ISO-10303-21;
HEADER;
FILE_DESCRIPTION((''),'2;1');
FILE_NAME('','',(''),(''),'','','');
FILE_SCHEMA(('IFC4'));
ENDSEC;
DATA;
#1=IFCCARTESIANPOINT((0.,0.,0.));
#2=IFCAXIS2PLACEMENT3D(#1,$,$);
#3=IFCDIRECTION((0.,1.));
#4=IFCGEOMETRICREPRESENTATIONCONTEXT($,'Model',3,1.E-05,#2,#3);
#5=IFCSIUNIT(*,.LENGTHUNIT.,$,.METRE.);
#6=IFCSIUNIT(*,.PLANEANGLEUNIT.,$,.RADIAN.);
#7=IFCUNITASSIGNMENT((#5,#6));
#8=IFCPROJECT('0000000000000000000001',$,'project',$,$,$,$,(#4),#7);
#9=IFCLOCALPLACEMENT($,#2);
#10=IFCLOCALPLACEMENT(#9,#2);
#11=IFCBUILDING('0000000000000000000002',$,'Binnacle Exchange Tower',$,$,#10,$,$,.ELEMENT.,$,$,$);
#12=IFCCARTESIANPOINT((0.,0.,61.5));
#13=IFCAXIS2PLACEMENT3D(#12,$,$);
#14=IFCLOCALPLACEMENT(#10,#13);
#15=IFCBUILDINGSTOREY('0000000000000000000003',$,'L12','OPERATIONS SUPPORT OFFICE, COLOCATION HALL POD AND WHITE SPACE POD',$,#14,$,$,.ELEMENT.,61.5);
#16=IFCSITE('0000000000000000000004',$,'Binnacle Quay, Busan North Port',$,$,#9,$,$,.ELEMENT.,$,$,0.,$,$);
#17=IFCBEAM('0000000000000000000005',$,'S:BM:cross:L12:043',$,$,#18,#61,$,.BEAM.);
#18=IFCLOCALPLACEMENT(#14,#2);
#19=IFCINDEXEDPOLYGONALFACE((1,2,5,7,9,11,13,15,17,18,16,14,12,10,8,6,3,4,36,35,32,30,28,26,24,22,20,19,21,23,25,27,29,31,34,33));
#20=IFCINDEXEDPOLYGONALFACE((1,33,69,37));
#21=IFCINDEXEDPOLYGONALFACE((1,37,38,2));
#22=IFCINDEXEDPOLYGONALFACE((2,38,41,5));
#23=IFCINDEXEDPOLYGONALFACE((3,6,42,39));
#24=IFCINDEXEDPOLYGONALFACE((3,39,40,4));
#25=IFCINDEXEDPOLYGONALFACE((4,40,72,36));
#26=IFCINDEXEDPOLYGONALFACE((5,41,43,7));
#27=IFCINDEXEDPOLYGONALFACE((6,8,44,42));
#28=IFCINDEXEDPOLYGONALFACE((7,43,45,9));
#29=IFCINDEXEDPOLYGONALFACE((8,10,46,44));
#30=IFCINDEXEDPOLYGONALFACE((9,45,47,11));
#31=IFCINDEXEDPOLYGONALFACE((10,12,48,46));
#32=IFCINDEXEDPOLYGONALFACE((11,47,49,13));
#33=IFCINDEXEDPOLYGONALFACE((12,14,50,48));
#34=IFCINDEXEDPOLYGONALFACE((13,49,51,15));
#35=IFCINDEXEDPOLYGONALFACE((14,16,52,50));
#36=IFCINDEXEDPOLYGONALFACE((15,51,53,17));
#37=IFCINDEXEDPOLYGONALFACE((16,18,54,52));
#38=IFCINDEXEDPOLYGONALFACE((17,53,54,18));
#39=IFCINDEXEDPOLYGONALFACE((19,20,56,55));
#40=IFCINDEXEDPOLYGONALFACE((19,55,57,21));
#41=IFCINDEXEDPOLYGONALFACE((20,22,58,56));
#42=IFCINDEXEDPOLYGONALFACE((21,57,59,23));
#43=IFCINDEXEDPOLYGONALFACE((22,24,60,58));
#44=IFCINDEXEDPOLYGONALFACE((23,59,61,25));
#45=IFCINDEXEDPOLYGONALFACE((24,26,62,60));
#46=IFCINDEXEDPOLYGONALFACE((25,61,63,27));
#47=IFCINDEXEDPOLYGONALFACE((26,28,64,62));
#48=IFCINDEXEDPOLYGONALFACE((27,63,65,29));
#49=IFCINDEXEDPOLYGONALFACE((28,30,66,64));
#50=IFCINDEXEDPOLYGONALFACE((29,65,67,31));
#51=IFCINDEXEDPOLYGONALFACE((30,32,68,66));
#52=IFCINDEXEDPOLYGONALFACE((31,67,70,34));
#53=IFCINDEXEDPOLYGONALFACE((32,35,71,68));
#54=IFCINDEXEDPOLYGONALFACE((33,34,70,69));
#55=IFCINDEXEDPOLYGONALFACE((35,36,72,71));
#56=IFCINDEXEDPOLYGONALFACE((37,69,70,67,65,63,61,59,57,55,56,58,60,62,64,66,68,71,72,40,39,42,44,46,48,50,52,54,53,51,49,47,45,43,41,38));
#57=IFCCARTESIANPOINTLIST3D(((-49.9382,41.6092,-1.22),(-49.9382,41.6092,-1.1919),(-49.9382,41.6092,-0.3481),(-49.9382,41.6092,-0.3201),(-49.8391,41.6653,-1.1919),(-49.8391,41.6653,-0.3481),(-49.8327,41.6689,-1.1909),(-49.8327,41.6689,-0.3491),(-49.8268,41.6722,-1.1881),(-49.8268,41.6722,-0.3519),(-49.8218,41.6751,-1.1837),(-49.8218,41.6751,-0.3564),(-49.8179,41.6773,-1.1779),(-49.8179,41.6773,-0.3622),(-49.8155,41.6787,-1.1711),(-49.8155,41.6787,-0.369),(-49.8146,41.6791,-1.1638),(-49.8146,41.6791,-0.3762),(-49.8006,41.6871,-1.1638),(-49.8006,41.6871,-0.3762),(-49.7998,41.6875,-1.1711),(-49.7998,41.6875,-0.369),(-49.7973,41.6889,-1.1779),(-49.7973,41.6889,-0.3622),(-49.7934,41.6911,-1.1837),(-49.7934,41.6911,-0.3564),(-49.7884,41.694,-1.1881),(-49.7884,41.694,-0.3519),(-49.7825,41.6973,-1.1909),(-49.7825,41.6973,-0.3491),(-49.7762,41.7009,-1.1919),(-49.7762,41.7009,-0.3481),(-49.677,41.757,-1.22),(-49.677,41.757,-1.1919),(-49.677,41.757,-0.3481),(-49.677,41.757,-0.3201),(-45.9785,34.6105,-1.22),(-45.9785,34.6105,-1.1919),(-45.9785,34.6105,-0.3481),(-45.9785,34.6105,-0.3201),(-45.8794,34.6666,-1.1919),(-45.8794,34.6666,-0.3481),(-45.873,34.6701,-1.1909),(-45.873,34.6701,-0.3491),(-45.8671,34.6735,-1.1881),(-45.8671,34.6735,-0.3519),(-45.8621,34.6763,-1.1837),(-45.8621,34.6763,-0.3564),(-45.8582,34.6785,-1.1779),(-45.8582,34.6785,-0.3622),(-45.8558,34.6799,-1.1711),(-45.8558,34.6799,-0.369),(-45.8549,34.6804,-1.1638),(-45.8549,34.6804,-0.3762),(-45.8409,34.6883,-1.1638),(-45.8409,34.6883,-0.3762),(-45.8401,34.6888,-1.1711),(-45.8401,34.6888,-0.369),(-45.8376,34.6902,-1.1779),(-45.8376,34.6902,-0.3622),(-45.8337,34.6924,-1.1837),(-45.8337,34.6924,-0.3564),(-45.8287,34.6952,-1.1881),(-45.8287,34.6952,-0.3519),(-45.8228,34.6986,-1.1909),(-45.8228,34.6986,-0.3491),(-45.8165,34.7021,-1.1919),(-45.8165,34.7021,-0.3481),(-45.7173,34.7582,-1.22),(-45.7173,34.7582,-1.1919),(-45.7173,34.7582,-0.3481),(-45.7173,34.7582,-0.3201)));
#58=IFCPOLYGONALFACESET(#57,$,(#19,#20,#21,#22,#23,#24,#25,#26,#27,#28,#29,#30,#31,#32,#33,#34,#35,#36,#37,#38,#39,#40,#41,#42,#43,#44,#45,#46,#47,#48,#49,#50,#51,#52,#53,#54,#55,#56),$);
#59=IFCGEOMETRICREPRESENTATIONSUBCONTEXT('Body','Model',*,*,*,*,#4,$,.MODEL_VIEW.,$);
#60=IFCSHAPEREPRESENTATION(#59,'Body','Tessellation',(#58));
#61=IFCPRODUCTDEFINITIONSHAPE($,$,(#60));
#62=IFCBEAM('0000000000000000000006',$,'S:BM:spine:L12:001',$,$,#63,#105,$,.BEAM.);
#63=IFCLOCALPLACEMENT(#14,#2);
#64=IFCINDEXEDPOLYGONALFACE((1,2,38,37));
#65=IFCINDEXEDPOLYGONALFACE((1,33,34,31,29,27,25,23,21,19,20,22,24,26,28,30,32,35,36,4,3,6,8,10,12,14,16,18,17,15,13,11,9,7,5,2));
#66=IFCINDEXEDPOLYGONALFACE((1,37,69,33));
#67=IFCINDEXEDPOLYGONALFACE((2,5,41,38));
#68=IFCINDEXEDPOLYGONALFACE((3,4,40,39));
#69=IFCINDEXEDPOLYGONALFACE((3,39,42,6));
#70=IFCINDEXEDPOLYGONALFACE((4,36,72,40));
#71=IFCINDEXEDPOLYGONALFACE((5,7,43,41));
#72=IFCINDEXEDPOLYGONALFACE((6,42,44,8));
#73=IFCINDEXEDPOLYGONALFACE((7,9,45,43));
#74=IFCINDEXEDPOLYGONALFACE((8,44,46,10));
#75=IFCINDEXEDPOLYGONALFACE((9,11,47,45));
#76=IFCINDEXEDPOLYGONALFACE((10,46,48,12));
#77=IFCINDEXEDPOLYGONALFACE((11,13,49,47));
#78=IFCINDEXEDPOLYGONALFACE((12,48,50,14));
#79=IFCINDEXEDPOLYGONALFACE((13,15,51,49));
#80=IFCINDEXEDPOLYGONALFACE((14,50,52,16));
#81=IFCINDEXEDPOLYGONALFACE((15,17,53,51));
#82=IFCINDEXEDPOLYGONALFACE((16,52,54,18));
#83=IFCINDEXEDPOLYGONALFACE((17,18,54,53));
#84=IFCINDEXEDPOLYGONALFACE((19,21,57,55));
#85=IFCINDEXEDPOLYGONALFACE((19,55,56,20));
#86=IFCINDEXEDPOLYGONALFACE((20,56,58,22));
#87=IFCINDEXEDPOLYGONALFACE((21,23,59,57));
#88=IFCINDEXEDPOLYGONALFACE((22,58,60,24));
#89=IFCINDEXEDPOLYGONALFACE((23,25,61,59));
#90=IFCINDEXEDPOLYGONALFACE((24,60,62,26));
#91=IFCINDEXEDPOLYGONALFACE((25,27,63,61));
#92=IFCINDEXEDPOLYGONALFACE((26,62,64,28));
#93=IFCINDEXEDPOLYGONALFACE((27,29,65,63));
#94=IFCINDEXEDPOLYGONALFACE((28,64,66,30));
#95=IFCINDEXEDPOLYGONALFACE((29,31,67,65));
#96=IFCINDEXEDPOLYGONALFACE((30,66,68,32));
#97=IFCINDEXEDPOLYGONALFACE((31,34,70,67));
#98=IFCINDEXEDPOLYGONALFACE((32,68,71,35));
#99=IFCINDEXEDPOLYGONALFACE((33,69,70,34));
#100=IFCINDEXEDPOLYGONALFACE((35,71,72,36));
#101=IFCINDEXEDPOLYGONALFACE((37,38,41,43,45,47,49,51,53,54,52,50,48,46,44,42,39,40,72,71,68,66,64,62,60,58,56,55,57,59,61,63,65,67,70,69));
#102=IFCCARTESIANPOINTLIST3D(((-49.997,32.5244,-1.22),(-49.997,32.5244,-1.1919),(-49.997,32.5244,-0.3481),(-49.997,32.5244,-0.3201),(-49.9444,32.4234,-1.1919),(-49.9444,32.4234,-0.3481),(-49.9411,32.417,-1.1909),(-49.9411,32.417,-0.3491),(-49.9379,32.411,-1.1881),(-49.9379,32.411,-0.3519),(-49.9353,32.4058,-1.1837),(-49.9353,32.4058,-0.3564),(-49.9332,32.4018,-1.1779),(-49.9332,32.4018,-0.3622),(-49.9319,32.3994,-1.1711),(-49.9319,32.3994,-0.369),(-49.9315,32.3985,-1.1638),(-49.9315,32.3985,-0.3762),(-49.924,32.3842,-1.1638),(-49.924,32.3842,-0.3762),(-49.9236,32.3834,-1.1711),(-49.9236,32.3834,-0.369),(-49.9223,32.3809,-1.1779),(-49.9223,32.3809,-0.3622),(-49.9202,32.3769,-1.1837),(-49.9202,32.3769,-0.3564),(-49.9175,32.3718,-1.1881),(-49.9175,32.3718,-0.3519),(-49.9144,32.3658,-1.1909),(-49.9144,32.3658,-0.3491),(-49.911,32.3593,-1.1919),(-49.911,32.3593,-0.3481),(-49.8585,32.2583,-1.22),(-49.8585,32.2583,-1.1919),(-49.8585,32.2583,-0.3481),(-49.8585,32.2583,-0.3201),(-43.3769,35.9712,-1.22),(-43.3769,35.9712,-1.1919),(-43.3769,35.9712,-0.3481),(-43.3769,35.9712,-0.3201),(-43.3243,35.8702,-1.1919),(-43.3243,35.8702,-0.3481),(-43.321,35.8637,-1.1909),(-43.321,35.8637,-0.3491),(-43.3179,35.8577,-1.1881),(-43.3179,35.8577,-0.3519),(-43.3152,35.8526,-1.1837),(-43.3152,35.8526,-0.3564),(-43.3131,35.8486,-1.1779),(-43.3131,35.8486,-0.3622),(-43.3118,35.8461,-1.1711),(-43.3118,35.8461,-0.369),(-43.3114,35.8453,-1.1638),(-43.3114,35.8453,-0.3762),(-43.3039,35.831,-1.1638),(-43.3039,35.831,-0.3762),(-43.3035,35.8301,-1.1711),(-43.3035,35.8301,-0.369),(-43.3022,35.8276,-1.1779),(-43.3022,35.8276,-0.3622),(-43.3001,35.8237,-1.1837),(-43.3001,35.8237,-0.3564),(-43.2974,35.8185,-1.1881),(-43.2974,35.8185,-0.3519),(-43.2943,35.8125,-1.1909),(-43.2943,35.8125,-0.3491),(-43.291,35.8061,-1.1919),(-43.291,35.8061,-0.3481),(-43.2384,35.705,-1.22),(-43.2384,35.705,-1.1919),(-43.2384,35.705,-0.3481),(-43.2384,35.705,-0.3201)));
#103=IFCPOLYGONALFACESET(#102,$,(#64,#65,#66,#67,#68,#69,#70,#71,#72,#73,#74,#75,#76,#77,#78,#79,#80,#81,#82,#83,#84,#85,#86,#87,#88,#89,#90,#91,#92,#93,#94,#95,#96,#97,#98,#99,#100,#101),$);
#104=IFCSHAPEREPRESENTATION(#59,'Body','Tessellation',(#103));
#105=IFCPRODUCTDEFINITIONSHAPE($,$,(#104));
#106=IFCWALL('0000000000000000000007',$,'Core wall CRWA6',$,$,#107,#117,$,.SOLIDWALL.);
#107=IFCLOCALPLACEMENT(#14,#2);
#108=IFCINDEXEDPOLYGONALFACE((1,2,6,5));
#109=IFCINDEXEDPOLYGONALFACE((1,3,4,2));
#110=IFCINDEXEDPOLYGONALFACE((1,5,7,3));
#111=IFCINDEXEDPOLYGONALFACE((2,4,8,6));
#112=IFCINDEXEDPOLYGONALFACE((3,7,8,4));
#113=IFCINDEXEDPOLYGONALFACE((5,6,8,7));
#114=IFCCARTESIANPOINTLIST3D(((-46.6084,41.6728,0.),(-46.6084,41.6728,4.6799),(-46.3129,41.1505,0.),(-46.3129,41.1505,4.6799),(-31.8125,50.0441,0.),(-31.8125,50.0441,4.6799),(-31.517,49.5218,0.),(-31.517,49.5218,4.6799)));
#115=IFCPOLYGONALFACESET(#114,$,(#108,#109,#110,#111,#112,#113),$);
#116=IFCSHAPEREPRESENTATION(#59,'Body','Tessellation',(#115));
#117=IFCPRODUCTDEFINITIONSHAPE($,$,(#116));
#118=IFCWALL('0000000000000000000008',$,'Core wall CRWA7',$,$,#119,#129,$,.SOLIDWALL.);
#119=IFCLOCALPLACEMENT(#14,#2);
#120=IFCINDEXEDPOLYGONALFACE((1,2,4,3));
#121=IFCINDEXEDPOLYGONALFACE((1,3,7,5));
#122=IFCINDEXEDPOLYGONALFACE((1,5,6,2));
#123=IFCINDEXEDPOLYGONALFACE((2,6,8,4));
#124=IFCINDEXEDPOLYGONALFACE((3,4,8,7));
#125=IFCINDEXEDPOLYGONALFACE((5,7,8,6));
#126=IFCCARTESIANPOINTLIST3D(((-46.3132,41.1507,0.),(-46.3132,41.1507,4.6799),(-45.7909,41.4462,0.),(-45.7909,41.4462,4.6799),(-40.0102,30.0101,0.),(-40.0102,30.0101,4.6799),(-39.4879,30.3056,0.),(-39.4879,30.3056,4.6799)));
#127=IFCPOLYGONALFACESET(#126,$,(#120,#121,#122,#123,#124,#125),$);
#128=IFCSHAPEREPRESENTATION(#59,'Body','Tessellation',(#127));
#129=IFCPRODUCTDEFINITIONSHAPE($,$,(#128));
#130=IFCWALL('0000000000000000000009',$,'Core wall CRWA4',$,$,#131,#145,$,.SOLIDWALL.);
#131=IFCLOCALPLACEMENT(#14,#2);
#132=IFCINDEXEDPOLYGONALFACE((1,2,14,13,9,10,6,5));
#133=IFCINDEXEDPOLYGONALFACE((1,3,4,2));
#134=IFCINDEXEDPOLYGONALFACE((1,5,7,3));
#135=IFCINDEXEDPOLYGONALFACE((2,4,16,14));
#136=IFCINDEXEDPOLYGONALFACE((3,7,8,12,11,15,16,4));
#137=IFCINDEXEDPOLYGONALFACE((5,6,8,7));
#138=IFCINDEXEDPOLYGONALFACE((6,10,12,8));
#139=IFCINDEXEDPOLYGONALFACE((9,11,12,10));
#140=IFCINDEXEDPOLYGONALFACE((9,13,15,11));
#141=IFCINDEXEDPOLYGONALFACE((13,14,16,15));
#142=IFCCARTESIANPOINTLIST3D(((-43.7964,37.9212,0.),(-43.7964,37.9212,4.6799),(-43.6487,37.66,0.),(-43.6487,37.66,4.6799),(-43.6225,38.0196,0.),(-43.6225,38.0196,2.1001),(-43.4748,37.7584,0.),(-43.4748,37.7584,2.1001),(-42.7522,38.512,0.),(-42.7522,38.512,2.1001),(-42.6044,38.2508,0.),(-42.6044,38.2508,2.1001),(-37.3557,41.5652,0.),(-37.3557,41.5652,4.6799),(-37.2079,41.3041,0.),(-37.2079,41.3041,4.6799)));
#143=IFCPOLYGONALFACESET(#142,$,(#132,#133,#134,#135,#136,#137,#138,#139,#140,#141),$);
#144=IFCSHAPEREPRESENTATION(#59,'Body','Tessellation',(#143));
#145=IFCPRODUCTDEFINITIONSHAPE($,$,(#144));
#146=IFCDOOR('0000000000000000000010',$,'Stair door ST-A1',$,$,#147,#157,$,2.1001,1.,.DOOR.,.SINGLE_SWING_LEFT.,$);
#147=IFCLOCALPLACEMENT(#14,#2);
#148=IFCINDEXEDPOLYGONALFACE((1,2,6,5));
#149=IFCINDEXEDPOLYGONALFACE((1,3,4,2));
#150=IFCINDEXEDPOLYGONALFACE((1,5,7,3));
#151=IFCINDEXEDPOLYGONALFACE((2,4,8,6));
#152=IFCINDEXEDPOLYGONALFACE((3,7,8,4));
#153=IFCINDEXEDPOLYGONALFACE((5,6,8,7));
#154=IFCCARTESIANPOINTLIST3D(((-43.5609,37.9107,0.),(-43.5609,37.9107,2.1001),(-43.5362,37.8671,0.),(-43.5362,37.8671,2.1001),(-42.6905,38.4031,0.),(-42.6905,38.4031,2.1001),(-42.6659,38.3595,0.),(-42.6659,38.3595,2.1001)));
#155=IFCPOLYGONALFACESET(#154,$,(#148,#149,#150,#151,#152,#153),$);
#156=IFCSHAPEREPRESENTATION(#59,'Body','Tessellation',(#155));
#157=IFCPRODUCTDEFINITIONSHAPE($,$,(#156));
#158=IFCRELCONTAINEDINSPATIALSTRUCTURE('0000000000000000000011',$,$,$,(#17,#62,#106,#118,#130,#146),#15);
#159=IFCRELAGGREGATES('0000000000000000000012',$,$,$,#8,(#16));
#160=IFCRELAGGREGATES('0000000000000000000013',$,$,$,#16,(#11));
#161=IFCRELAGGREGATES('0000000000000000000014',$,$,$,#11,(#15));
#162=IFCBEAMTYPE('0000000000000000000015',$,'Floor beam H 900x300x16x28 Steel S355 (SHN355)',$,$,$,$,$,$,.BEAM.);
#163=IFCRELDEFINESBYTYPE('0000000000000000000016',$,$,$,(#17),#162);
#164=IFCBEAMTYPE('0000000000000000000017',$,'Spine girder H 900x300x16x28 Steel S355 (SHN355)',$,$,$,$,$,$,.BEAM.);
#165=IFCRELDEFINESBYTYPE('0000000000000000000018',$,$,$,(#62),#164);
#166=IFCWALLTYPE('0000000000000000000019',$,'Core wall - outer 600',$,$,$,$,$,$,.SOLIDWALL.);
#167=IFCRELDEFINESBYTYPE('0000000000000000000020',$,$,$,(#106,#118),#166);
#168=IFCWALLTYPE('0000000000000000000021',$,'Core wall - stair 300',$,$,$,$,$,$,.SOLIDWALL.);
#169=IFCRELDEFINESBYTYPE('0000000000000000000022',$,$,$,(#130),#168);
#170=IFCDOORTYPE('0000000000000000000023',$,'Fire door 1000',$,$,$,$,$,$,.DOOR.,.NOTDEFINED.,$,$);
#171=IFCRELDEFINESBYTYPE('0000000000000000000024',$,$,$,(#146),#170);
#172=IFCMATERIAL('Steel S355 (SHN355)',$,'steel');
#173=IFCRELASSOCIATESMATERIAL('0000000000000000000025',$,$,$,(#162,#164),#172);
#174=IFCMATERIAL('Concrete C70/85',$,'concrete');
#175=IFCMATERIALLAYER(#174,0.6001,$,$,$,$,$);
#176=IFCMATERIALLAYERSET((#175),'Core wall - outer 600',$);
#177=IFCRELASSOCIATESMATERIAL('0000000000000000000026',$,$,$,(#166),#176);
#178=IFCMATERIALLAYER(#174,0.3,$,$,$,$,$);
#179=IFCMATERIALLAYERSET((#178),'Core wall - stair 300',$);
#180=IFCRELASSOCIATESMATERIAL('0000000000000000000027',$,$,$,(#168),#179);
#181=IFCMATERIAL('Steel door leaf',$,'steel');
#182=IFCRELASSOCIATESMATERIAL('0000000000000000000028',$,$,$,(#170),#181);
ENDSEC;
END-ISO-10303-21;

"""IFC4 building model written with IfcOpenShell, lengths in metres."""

from ifc_helpers import new_model, si_unit, direction, frame, frame_2d, origin, origin_2d, place, context, subcontext, project, spatial, rectangle, i_section, extrude, material, layer, layer_set, material_profile, profile_set, type_object, element, fill, save


model = new_model("IFC4")

# Units and contexts
model_context = context("Model", 3, precision=1e-05, world=origin(), true_north=direction((0.0, 1.0)))
body_context = subcontext(model_context, "Body", "Model", "MODEL_VIEW")
ifc_project = project(units=[si_unit("LENGTHUNIT", "METRE"), si_unit("PLANEANGLEUNIT", "RADIAN")], contexts=[model_context])

# Site, building, storey
site_placement = place(None, origin())
site = spatial("IfcSite", under=ifc_project, at=site_placement, Name="Binnacle Quay, Busan North Port", CompositionType="ELEMENT", RefElevation=0.0)
building_placement = place(site_placement, origin())
building = spatial("IfcBuilding", under=site, at=building_placement, Name="Binnacle Exchange Tower", CompositionType="ELEMENT")
storey_placement = place(building_placement, frame((0.0, 0.0, 61.5)))
storey = spatial("IfcBuildingStorey", under=building, at=storey_placement, Name="L12", Description="OPERATIONS SUPPORT OFFICE, COLOCATION HALL POD AND WHITE SPACE POD", CompositionType="ELEMENT", Elevation=61.5)

# Shared definitions
ifc_material_1 = material(Name="Concrete C70/85", Category="concrete")

# Beams
ifc_material_2 = material(Name="Steel S355 (SHN355)", Category="steel")
ifc_material_profile_1 = material_profile(ifc_material_2, i_section(OverallWidth=0.3, OverallDepth=0.8999, WebThickness=0.0161, FlangeThickness=0.0281, FilletRadius=0.0281, at=origin_2d()), Name="H 900x300x16x28")
ifc_profile_set_1 = profile_set([ifc_material_profile_1], Name="Steel S355 (SHN355)")
beam_type_1 = type_object("IfcBeamType", Name="Floor beam H 900x300x16x28 Steel S355 (SHN355)", PredefinedType="BEAM", material=ifc_profile_set_1)
beam_1_placement = place(storey_placement, frame((-49.8076, 41.6831, -0.77), z_axis=(0.492423, -0.870356, 0.0), x_axis=(0.870356, 0.492423, 0.0)))
element("IfcBeam", 1, at=beam_1_placement, inside=storey, type_object=beam_type_1, Name="S:BM:cross:L12:043", PredefinedType="BEAM", context=body_context, shape_type="SweptSolid", body=[
    extrude(i_section(OverallWidth=0.3, OverallDepth=0.8999, WebThickness=0.0161, FlangeThickness=0.0281, FilletRadius=0.0281, at=origin_2d()), origin(), (0.0, 0.0, 1.0), 8.0413),
])
ifc_material_profile_2 = material_profile(ifc_material_2, i_section(OverallWidth=0.3, OverallDepth=0.8999, WebThickness=0.0161, FlangeThickness=0.0281, FilletRadius=0.0281, at=origin_2d()), Name="H 900x300x16x28")
ifc_profile_set_2 = profile_set([ifc_material_profile_2], Name="Steel S355 (SHN355)")
beam_type_2 = type_object("IfcBeamType", Name="Spine girder H 900x300x16x28 Steel S355 (SHN355)", PredefinedType="BEAM", material=ifc_profile_set_2)
beam_2_placement = place(storey_placement, frame((-49.9277, 32.3914, -0.77), z_axis=(0.88698, 0.461808, 0.0), x_axis=(-0.461808, 0.88698, 0.0)))
element("IfcBeam", 2, at=beam_2_placement, inside=storey, type_object=beam_type_2, Name="S:BM:spine:L12:001", PredefinedType="BEAM", context=body_context, shape_type="SweptSolid", body=[
    extrude(i_section(OverallWidth=0.3, OverallDepth=0.8999, WebThickness=0.0161, FlangeThickness=0.0281, FilletRadius=0.0281, at=origin_2d()), origin(), (0.0, 0.0, 1.0), 7.4636),
])

# Walls
ifc_layer_1 = layer(ifc_material_1, 0.6001)
ifc_layer_set_1 = layer_set([ifc_layer_1], Name="Core wall - outer 600")
wall_type_1 = type_object("IfcWallType", Name="Core wall - outer 600", PredefinedType="SOLIDWALL", material=ifc_layer_set_1)
wall_1_placement = place(storey_placement, frame((-46.4607, 41.4116, 0.0), z_axis=(0.0, 0.0, 1.0), x_axis=(0.87035, 0.492433, 0.0)))
element("IfcWall", 3, at=wall_1_placement, inside=storey, type_object=wall_type_1, Name="Core wall CRWA6", PredefinedType="SOLIDWALL", context=body_context, shape_type="SweptSolid", body=[
    extrude(rectangle(XDim=17.0, YDim=0.6001, at=frame_2d((8.5, 0.0))), origin(), (0.0, 0.0, 1.0), 4.6799),
])
wall_2_placement = place(storey_placement, frame((-46.052, 41.2983, 0.0), z_axis=(0.0, 0.0, 1.0), x_axis=(0.492419, -0.870359, 0.0)))
element("IfcWall", 4, at=wall_2_placement, inside=storey, type_object=wall_type_1, Name="Core wall CRWA7", PredefinedType="SOLIDWALL", context=body_context, shape_type="SweptSolid", body=[
    extrude(rectangle(XDim=12.8, YDim=0.6001, at=frame_2d((6.3999, 0.0))), origin(), (0.0, 0.0, 1.0), 4.6799),
])

# Wall, opening, door
ifc_layer_2 = layer(ifc_material_1, 0.3)
ifc_layer_set_2 = layer_set([ifc_layer_2], Name="Core wall - stair 300")
wall_type_2 = type_object("IfcWallType", Name="Core wall - stair 300", PredefinedType="SOLIDWALL", material=ifc_layer_set_2)
wall_3_placement = place(storey_placement, frame((-43.7227, 37.7905, 0.0), z_axis=(0.0, 0.0, 1.0), x_axis=(0.870351, 0.492432, 0.0)))
wall_3 = element("IfcWall", 5, at=wall_3_placement, inside=storey, type_object=wall_type_2, Name="Core wall CRWA4", PredefinedType="SOLIDWALL", context=body_context, shape_type="SweptSolid", body=[
    extrude(rectangle(XDim=7.4001, YDim=0.3, at=frame_2d((3.7002, 0.0))), origin(), (0.0, 0.0, 1.0), 4.6799),
])
opening_1_placement = place(wall_3_placement, frame((0.2, 0.0, 0.0)))
opening_1 = element("IfcOpeningElement", 6, at=opening_1_placement, cuts=wall_3, PredefinedType="OPENING", context=body_context, shape_type="SweptSolid", body=[
    extrude(rectangle(XDim=1.0, YDim=2.1001, at=frame_2d((0.5, 1.05))), frame((0.0, 0.1599, 0.0), z_axis=(0.0, -1.0, 0.0), x_axis=(1.0, 0.0, 0.0)), (0.0, 0.0, 1.0), 0.3201),
])
ifc_material_3 = material(Name="Steel door leaf", Category="steel")
door_type = type_object("IfcDoorType", Name="Fire door 1000", OperationType="NOTDEFINED", PredefinedType="DOOR", material=ifc_material_3)
door_placement = place(opening_1_placement, origin())
door = element("IfcDoor", 7, at=door_placement, inside=storey, type_object=door_type, Name="Stair door ST-A1", OperationType="SINGLE_SWING_LEFT", OverallHeight=2.1001, OverallWidth=1.0, PredefinedType="DOOR", context=body_context, shape_type="SweptSolid", body=[
    extrude(rectangle(XDim=1.0, YDim=2.1001, at=frame_2d((0.5, 1.05))), frame((0.0, 0.0249, 0.0), z_axis=(0.0, -1.0, 0.0), x_axis=(1.0, 0.0, 0.0)), (0.0, 0.0, 1.0), 0.05),
])
fill(opening_1, door)

save(model, "model.ifc")
